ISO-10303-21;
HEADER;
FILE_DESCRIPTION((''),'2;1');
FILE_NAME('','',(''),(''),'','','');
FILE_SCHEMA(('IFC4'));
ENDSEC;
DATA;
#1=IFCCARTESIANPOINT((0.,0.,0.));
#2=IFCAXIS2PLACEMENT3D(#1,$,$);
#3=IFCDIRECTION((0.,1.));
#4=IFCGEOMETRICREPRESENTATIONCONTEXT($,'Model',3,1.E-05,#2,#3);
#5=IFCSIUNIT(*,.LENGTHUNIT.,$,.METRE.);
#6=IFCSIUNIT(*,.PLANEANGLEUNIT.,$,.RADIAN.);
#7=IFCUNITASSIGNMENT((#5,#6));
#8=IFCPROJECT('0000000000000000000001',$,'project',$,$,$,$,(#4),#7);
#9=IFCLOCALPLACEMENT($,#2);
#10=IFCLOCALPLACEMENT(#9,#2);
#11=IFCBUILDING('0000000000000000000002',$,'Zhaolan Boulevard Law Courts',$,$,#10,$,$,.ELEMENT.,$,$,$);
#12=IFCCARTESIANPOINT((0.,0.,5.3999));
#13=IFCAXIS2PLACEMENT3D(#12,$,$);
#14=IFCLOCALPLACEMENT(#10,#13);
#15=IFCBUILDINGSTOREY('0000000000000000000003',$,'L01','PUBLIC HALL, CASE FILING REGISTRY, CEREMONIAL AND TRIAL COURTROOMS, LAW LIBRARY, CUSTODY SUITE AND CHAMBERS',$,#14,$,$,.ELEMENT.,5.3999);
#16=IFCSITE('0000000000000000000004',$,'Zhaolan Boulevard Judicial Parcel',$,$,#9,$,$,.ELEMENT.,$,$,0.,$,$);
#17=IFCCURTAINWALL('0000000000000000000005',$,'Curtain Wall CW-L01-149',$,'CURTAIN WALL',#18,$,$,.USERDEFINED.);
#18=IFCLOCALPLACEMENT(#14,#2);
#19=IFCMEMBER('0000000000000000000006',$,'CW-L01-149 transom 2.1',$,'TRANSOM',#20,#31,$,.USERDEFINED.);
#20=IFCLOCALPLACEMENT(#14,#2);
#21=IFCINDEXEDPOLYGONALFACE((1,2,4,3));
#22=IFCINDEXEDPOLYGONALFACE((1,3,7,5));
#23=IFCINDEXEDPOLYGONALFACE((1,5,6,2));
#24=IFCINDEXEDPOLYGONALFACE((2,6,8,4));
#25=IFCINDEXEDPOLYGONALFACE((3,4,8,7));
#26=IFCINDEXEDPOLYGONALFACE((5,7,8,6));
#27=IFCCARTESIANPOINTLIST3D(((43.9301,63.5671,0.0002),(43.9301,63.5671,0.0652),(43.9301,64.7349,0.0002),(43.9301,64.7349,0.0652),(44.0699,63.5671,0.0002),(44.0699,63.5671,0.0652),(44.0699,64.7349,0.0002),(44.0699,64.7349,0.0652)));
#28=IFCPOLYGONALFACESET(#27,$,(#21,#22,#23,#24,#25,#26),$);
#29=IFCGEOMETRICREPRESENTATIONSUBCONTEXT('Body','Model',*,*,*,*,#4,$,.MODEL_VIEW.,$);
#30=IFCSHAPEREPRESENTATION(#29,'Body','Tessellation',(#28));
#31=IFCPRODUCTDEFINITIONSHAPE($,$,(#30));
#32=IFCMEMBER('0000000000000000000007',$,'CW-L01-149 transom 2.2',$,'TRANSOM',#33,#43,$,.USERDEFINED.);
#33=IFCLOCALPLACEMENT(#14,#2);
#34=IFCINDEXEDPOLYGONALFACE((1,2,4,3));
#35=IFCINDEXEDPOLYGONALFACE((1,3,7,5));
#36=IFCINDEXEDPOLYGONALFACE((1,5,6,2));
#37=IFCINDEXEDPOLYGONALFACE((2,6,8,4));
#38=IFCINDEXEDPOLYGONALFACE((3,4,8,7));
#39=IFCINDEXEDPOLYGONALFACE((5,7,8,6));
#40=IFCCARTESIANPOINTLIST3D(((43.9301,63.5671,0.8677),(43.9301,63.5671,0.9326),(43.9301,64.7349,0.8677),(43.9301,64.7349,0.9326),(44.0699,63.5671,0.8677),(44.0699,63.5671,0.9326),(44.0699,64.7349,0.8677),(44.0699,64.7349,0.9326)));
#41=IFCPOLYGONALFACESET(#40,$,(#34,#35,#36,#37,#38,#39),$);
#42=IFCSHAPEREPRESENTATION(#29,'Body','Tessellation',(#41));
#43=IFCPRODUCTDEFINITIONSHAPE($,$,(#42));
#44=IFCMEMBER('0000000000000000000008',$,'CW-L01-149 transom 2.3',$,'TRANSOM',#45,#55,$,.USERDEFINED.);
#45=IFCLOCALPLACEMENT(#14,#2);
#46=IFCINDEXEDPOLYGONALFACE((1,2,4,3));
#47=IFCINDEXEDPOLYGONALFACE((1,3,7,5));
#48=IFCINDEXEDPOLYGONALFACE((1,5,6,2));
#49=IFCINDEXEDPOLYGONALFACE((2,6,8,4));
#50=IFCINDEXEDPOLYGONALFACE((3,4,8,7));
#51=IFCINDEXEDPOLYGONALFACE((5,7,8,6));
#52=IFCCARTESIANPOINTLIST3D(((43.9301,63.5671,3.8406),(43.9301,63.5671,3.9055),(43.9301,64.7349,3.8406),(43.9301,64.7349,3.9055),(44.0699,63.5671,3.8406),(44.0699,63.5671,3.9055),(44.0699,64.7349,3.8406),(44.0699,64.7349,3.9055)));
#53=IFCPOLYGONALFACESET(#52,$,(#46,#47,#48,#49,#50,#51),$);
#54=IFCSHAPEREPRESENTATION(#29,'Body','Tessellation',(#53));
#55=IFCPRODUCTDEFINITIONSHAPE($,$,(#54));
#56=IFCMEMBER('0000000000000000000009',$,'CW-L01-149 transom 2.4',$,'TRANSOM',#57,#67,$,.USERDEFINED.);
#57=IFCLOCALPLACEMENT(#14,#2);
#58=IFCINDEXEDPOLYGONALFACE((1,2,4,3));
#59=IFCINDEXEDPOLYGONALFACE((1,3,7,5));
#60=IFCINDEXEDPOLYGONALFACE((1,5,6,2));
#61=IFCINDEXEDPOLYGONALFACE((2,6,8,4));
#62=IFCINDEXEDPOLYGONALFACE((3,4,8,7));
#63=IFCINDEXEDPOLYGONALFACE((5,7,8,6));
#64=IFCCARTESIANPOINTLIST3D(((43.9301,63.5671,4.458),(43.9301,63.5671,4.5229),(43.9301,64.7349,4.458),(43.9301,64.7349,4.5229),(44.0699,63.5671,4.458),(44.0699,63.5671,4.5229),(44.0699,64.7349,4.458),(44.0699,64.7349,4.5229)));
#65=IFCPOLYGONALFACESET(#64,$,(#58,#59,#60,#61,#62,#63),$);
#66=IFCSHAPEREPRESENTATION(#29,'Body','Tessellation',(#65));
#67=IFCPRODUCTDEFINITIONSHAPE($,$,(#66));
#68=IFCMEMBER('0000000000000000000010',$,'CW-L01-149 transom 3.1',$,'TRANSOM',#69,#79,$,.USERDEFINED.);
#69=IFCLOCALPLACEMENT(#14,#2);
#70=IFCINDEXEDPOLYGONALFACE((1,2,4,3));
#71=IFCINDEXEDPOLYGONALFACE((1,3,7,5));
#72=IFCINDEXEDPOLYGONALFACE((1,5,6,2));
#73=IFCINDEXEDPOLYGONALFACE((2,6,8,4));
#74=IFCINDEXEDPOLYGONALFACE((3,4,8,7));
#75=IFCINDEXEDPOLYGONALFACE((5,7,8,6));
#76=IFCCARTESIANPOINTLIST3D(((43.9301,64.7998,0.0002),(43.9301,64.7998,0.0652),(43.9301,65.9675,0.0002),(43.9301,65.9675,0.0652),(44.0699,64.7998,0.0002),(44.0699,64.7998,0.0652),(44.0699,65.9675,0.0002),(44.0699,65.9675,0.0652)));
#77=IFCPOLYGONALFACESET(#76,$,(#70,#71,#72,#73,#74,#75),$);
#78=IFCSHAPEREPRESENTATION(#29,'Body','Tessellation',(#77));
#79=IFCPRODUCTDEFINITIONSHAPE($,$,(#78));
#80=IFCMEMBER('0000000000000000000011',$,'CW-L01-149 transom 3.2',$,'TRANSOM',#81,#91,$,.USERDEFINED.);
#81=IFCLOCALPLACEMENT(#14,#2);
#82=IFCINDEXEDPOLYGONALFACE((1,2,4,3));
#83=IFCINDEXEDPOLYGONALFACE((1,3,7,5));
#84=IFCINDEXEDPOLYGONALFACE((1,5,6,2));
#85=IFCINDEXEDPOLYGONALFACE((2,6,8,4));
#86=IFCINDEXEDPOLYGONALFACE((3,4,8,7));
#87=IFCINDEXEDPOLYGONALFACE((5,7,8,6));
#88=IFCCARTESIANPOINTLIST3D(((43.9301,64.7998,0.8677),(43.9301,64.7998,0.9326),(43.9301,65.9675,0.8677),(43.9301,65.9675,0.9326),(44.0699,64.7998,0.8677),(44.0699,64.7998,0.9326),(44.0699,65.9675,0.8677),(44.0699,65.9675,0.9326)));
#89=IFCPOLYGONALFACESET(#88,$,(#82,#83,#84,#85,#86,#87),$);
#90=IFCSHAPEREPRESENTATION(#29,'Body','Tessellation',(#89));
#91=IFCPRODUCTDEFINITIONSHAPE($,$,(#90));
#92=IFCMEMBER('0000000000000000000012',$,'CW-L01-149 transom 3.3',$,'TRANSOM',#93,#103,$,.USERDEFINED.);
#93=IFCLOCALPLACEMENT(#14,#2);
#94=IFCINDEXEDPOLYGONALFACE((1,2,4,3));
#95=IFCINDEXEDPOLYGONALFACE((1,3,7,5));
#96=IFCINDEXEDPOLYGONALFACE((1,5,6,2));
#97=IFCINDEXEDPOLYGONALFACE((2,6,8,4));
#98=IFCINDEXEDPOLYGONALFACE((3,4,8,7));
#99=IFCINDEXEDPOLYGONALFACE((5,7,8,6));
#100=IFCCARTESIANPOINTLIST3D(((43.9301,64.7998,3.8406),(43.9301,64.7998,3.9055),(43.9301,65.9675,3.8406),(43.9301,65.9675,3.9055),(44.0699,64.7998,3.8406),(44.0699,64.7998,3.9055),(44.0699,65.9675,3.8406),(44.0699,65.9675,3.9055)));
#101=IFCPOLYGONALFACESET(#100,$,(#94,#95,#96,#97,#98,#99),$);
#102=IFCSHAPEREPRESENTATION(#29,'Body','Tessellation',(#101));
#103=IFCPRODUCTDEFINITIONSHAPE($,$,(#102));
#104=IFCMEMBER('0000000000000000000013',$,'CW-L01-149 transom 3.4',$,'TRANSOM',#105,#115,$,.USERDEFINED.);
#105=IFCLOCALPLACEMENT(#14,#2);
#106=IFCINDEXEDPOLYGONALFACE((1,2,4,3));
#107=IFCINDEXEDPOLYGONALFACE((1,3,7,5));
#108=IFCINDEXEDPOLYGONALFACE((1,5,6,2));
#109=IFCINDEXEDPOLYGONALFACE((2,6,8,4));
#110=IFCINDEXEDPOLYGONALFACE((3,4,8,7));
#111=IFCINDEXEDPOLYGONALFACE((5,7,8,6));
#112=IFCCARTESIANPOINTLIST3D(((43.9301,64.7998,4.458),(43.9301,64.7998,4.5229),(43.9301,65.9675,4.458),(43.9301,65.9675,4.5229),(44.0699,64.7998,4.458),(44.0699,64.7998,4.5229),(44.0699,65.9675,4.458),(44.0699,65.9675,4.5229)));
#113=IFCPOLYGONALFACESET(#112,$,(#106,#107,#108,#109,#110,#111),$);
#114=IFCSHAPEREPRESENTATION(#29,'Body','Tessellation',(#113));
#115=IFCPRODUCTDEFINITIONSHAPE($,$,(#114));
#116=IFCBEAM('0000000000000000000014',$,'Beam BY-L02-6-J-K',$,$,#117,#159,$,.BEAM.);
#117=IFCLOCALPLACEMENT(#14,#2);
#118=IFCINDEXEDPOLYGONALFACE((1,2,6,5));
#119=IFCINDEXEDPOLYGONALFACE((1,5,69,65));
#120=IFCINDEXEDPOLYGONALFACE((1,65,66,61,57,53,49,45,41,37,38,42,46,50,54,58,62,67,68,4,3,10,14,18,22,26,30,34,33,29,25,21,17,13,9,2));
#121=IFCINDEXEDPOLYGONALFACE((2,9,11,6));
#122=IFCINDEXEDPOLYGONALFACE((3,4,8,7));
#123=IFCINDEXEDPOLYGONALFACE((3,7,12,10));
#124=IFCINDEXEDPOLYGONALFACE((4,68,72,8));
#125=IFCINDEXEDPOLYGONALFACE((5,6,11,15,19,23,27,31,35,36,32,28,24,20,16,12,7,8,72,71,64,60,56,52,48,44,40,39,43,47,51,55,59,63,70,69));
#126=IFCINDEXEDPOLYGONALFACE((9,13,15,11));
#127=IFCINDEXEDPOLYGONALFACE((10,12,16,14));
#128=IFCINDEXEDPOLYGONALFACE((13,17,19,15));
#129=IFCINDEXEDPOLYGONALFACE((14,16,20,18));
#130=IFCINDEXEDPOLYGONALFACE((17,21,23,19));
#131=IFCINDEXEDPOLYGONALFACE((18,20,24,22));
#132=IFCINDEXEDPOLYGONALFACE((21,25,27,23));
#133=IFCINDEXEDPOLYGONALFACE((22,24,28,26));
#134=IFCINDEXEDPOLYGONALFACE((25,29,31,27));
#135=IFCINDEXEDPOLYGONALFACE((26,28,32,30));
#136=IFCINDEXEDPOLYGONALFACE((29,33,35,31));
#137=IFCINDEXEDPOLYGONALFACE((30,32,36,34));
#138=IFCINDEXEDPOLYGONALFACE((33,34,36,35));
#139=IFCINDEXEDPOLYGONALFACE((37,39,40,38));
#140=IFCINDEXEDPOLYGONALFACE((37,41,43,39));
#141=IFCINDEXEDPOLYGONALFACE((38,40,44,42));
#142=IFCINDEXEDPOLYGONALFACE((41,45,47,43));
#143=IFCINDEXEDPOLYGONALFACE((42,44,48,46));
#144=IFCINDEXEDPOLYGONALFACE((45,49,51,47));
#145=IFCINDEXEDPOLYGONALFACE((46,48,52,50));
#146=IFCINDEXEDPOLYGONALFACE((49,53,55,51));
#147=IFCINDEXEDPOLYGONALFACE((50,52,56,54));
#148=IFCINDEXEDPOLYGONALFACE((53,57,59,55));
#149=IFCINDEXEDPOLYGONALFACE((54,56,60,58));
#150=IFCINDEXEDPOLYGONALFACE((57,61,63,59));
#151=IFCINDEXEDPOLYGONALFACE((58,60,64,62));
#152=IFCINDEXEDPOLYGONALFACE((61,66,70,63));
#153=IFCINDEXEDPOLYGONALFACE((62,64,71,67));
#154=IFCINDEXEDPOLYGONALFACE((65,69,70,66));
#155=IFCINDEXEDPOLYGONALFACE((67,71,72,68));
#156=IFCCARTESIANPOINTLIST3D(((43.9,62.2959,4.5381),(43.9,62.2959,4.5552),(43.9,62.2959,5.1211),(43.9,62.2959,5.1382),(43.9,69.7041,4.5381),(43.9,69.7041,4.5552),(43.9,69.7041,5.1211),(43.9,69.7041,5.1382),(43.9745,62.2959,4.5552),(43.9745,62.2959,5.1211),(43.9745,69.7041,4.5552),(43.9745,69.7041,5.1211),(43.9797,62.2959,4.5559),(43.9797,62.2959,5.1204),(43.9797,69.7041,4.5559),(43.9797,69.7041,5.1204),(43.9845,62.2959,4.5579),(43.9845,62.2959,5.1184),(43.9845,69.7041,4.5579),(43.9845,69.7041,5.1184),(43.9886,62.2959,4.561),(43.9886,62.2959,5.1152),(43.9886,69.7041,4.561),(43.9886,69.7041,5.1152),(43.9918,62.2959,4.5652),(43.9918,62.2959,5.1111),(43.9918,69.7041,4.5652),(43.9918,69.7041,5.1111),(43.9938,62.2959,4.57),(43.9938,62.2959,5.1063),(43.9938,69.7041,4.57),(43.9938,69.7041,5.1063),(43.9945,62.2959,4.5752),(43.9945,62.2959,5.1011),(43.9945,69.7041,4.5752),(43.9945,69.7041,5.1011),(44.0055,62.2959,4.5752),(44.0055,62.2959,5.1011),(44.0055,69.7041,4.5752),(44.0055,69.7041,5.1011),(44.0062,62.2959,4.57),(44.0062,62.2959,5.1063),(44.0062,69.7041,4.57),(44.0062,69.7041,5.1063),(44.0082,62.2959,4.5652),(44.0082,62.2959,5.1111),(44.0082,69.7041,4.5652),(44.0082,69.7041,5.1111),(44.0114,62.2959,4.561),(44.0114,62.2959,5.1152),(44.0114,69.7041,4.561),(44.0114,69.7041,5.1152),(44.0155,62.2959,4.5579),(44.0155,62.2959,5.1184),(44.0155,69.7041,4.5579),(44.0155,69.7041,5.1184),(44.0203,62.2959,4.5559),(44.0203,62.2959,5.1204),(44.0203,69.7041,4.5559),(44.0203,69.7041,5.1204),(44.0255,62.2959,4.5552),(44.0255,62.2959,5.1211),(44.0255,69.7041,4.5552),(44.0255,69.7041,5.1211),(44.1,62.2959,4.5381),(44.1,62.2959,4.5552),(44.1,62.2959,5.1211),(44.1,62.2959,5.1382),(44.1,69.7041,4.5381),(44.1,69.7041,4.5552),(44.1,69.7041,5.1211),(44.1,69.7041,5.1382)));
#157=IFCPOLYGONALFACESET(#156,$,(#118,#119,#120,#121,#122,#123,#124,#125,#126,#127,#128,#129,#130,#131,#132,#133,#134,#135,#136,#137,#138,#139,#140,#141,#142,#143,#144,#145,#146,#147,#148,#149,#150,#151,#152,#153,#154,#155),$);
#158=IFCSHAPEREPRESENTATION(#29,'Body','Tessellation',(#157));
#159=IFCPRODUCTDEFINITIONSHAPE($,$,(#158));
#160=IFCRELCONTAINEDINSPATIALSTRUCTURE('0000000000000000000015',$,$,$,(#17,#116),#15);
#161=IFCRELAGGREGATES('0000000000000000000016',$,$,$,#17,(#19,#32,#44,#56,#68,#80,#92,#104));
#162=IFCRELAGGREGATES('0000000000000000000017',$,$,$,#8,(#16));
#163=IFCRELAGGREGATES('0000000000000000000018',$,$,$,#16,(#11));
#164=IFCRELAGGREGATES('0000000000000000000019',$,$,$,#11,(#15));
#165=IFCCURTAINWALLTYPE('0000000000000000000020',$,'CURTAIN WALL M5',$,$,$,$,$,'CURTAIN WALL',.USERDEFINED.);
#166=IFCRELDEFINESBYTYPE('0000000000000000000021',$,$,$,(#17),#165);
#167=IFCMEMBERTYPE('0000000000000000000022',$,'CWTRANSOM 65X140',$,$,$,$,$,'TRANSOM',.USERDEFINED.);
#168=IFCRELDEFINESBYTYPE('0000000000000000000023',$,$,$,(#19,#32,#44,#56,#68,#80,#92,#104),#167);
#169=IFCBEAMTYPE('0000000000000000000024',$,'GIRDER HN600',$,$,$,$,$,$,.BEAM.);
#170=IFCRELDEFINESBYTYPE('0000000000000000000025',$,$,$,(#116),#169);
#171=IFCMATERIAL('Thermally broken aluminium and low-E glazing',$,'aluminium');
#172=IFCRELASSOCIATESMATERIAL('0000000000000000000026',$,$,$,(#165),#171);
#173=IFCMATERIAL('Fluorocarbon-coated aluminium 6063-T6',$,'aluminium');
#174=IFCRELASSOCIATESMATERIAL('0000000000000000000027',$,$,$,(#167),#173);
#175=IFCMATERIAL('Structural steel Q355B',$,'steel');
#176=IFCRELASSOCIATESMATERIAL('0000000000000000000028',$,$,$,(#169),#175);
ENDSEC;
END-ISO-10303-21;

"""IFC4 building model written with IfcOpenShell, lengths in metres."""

from ifc_helpers import new_model, si_unit, direction, frame, origin, origin_2d, place, context, subcontext, project, spatial, rectangle, i_section, extrude, material, material_profile, profile_set, type_object, element, aggregate, save


model = new_model("IFC4")

# Units and contexts
model_context = context("Model", 3, precision=1e-05, world=origin(), true_north=direction((0.0, 1.0)))
body_context = subcontext(model_context, "Body", "Model", "MODEL_VIEW")
ifc_project = project(units=[si_unit("LENGTHUNIT", "METRE"), si_unit("PLANEANGLEUNIT", "RADIAN")], contexts=[model_context])

# Site, building, storey
site_placement = place(None, origin())
site = spatial("IfcSite", under=ifc_project, at=site_placement, Name="Zhaolan Boulevard Judicial Parcel", CompositionType="ELEMENT", RefElevation=0.0)
building_placement = place(site_placement, origin())
building = spatial("IfcBuilding", under=site, at=building_placement, Name="Zhaolan Boulevard Law Courts", CompositionType="ELEMENT")
storey_placement = place(building_placement, frame((0.0, 0.0, 5.3999)))
storey = spatial("IfcBuildingStorey", under=building, at=storey_placement, Name="L01", Description="PUBLIC HALL, CASE FILING REGISTRY, CEREMONIAL AND TRIAL COURTROOMS, LAW LIBRARY, CUSTODY SUITE AND CHAMBERS", CompositionType="ELEMENT", Elevation=5.3999)

# Curtain wall
ifc_material_1 = material(Name="Thermally broken aluminium and low-E glazing", Category="aluminium")
curtain_wall_type_1 = type_object("IfcCurtainWallType", Name="CURTAIN WALL M5", ElementType="CURTAIN WALL", PredefinedType="USERDEFINED", material=ifc_material_1)
curtain_wall_1_placement = place(storey_placement, origin())
curtain_wall_1 = element("IfcCurtainWall", 1, at=curtain_wall_1_placement, inside=storey, type_object=curtain_wall_type_1, Name="Curtain Wall CW-L01-149", ObjectType="CURTAIN WALL", PredefinedType="USERDEFINED")

# Members
ifc_material_2 = material(Name="Fluorocarbon-coated aluminium 6063-T6", Category="aluminium")
ifc_material_profile_1 = material_profile(ifc_material_2, rectangle(XDim=0.1399, YDim=0.0649, at=origin_2d()), Name="AL65x140")
ifc_profile_set_1 = profile_set([ifc_material_profile_1], Name="Fluorocarbon-coated aluminium 6063-T6")
member_type_1 = type_object("IfcMemberType", Name="CWTRANSOM 65X140", ElementType="TRANSOM", PredefinedType="USERDEFINED", material=ifc_profile_set_1)
member_1_placement = place(storey_placement, frame((44.0, 63.5671, 0.0327), z_axis=(0.0, 1.0, 0.0), x_axis=(-1.0, 0.0, 0.0)))
member_1 = element("IfcMember", 2, at=member_1_placement, type_object=member_type_1, Name="CW-L01-149 transom 2.1", ObjectType="TRANSOM", PredefinedType="USERDEFINED", context=body_context, shape_type="SweptSolid", body=[
    extrude(rectangle(XDim=0.1399, YDim=0.0649, at=origin_2d()), origin(), (0.0, 0.0, 1.0), 1.1677),
])
member_2_placement = place(storey_placement, frame((44.0, 63.5671, 0.9001), z_axis=(0.0, 1.0, 0.0), x_axis=(-1.0, 0.0, 0.0)))
member_2 = element("IfcMember", 3, at=member_2_placement, type_object=member_type_1, Name="CW-L01-149 transom 2.2", ObjectType="TRANSOM", PredefinedType="USERDEFINED", context=body_context, shape_type="SweptSolid", body=[
    extrude(rectangle(XDim=0.1399, YDim=0.0649, at=origin_2d()), origin(), (0.0, 0.0, 1.0), 1.1677),
])
member_3_placement = place(storey_placement, frame((44.0, 63.5671, 3.873), z_axis=(0.0, 1.0, 0.0), x_axis=(-1.0, 0.0, 0.0)))
member_3 = element("IfcMember", 4, at=member_3_placement, type_object=member_type_1, Name="CW-L01-149 transom 2.3", ObjectType="TRANSOM", PredefinedType="USERDEFINED", context=body_context, shape_type="SweptSolid", body=[
    extrude(rectangle(XDim=0.1399, YDim=0.0649, at=origin_2d()), origin(), (0.0, 0.0, 1.0), 1.1677),
])
member_4_placement = place(storey_placement, frame((44.0, 63.5671, 4.4905), z_axis=(0.0, 1.0, 0.0), x_axis=(-1.0, 0.0, 0.0)))
member_4 = element("IfcMember", 5, at=member_4_placement, type_object=member_type_1, Name="CW-L01-149 transom 2.4", ObjectType="TRANSOM", PredefinedType="USERDEFINED", context=body_context, shape_type="SweptSolid", body=[
    extrude(rectangle(XDim=0.1399, YDim=0.0649, at=origin_2d()), origin(), (0.0, 0.0, 1.0), 1.1677),
])
member_5_placement = place(storey_placement, frame((44.0, 64.7998, 0.0327), z_axis=(0.0, 1.0, 0.0), x_axis=(-1.0, 0.0, 0.0)))
member_5 = element("IfcMember", 6, at=member_5_placement, type_object=member_type_1, Name="CW-L01-149 transom 3.1", ObjectType="TRANSOM", PredefinedType="USERDEFINED", context=body_context, shape_type="SweptSolid", body=[
    extrude(rectangle(XDim=0.1399, YDim=0.0649, at=origin_2d()), origin(), (0.0, 0.0, 1.0), 1.1677),
])
member_6_placement = place(storey_placement, frame((44.0, 64.7998, 0.9001), z_axis=(0.0, 1.0, 0.0), x_axis=(-1.0, 0.0, 0.0)))
member_6 = element("IfcMember", 7, at=member_6_placement, type_object=member_type_1, Name="CW-L01-149 transom 3.2", ObjectType="TRANSOM", PredefinedType="USERDEFINED", context=body_context, shape_type="SweptSolid", body=[
    extrude(rectangle(XDim=0.1399, YDim=0.0649, at=origin_2d()), origin(), (0.0, 0.0, 1.0), 1.1677),
])
member_7_placement = place(storey_placement, frame((44.0, 64.7998, 3.873), z_axis=(0.0, 1.0, 0.0), x_axis=(-1.0, 0.0, 0.0)))
member_7 = element("IfcMember", 8, at=member_7_placement, type_object=member_type_1, Name="CW-L01-149 transom 3.3", ObjectType="TRANSOM", PredefinedType="USERDEFINED", context=body_context, shape_type="SweptSolid", body=[
    extrude(rectangle(XDim=0.1399, YDim=0.0649, at=origin_2d()), origin(), (0.0, 0.0, 1.0), 1.1677),
])
member_8_placement = place(storey_placement, frame((44.0, 64.7998, 4.4905), z_axis=(0.0, 1.0, 0.0), x_axis=(-1.0, 0.0, 0.0)))
member_8 = element("IfcMember", 9, at=member_8_placement, type_object=member_type_1, Name="CW-L01-149 transom 3.4", ObjectType="TRANSOM", PredefinedType="USERDEFINED", context=body_context, shape_type="SweptSolid", body=[
    extrude(rectangle(XDim=0.1399, YDim=0.0649, at=origin_2d()), origin(), (0.0, 0.0, 1.0), 1.1677),
])

# Beam
ifc_material_3 = material(Name="Structural steel Q355B", Category="steel")
ifc_material_profile_2 = material_profile(ifc_material_3, i_section(OverallWidth=0.2, OverallDepth=0.6001, WebThickness=0.011, FlangeThickness=0.0171, FilletRadius=0.02, at=origin_2d()), Name="HN600x200")
ifc_profile_set_2 = profile_set([ifc_material_profile_2], Name="Structural steel Q355B")
beam_type_1 = type_object("IfcBeamType", Name="GIRDER HN600", PredefinedType="BEAM", material=ifc_profile_set_2)
beam_1_placement = place(storey_placement, frame((44.0, 62.2959, 4.8381), z_axis=(0.0, 1.0, 0.0), x_axis=(-1.0, 0.0, 0.0)))
element("IfcBeam", 10, at=beam_1_placement, inside=storey, type_object=beam_type_1, Name="Beam BY-L02-6-J-K", PredefinedType="BEAM", context=body_context, shape_type="SweptSolid", body=[
    extrude(i_section(OverallWidth=0.2, OverallDepth=0.6001, WebThickness=0.011, FlangeThickness=0.0171, FilletRadius=0.02, at=origin_2d()), origin(), (0.0, 0.0, 1.0), 7.4082),
])

aggregate(curtain_wall_1, [member_1, member_2, member_3, member_4, member_5, member_6, member_7, member_8])

save(model, "model.ifc")
